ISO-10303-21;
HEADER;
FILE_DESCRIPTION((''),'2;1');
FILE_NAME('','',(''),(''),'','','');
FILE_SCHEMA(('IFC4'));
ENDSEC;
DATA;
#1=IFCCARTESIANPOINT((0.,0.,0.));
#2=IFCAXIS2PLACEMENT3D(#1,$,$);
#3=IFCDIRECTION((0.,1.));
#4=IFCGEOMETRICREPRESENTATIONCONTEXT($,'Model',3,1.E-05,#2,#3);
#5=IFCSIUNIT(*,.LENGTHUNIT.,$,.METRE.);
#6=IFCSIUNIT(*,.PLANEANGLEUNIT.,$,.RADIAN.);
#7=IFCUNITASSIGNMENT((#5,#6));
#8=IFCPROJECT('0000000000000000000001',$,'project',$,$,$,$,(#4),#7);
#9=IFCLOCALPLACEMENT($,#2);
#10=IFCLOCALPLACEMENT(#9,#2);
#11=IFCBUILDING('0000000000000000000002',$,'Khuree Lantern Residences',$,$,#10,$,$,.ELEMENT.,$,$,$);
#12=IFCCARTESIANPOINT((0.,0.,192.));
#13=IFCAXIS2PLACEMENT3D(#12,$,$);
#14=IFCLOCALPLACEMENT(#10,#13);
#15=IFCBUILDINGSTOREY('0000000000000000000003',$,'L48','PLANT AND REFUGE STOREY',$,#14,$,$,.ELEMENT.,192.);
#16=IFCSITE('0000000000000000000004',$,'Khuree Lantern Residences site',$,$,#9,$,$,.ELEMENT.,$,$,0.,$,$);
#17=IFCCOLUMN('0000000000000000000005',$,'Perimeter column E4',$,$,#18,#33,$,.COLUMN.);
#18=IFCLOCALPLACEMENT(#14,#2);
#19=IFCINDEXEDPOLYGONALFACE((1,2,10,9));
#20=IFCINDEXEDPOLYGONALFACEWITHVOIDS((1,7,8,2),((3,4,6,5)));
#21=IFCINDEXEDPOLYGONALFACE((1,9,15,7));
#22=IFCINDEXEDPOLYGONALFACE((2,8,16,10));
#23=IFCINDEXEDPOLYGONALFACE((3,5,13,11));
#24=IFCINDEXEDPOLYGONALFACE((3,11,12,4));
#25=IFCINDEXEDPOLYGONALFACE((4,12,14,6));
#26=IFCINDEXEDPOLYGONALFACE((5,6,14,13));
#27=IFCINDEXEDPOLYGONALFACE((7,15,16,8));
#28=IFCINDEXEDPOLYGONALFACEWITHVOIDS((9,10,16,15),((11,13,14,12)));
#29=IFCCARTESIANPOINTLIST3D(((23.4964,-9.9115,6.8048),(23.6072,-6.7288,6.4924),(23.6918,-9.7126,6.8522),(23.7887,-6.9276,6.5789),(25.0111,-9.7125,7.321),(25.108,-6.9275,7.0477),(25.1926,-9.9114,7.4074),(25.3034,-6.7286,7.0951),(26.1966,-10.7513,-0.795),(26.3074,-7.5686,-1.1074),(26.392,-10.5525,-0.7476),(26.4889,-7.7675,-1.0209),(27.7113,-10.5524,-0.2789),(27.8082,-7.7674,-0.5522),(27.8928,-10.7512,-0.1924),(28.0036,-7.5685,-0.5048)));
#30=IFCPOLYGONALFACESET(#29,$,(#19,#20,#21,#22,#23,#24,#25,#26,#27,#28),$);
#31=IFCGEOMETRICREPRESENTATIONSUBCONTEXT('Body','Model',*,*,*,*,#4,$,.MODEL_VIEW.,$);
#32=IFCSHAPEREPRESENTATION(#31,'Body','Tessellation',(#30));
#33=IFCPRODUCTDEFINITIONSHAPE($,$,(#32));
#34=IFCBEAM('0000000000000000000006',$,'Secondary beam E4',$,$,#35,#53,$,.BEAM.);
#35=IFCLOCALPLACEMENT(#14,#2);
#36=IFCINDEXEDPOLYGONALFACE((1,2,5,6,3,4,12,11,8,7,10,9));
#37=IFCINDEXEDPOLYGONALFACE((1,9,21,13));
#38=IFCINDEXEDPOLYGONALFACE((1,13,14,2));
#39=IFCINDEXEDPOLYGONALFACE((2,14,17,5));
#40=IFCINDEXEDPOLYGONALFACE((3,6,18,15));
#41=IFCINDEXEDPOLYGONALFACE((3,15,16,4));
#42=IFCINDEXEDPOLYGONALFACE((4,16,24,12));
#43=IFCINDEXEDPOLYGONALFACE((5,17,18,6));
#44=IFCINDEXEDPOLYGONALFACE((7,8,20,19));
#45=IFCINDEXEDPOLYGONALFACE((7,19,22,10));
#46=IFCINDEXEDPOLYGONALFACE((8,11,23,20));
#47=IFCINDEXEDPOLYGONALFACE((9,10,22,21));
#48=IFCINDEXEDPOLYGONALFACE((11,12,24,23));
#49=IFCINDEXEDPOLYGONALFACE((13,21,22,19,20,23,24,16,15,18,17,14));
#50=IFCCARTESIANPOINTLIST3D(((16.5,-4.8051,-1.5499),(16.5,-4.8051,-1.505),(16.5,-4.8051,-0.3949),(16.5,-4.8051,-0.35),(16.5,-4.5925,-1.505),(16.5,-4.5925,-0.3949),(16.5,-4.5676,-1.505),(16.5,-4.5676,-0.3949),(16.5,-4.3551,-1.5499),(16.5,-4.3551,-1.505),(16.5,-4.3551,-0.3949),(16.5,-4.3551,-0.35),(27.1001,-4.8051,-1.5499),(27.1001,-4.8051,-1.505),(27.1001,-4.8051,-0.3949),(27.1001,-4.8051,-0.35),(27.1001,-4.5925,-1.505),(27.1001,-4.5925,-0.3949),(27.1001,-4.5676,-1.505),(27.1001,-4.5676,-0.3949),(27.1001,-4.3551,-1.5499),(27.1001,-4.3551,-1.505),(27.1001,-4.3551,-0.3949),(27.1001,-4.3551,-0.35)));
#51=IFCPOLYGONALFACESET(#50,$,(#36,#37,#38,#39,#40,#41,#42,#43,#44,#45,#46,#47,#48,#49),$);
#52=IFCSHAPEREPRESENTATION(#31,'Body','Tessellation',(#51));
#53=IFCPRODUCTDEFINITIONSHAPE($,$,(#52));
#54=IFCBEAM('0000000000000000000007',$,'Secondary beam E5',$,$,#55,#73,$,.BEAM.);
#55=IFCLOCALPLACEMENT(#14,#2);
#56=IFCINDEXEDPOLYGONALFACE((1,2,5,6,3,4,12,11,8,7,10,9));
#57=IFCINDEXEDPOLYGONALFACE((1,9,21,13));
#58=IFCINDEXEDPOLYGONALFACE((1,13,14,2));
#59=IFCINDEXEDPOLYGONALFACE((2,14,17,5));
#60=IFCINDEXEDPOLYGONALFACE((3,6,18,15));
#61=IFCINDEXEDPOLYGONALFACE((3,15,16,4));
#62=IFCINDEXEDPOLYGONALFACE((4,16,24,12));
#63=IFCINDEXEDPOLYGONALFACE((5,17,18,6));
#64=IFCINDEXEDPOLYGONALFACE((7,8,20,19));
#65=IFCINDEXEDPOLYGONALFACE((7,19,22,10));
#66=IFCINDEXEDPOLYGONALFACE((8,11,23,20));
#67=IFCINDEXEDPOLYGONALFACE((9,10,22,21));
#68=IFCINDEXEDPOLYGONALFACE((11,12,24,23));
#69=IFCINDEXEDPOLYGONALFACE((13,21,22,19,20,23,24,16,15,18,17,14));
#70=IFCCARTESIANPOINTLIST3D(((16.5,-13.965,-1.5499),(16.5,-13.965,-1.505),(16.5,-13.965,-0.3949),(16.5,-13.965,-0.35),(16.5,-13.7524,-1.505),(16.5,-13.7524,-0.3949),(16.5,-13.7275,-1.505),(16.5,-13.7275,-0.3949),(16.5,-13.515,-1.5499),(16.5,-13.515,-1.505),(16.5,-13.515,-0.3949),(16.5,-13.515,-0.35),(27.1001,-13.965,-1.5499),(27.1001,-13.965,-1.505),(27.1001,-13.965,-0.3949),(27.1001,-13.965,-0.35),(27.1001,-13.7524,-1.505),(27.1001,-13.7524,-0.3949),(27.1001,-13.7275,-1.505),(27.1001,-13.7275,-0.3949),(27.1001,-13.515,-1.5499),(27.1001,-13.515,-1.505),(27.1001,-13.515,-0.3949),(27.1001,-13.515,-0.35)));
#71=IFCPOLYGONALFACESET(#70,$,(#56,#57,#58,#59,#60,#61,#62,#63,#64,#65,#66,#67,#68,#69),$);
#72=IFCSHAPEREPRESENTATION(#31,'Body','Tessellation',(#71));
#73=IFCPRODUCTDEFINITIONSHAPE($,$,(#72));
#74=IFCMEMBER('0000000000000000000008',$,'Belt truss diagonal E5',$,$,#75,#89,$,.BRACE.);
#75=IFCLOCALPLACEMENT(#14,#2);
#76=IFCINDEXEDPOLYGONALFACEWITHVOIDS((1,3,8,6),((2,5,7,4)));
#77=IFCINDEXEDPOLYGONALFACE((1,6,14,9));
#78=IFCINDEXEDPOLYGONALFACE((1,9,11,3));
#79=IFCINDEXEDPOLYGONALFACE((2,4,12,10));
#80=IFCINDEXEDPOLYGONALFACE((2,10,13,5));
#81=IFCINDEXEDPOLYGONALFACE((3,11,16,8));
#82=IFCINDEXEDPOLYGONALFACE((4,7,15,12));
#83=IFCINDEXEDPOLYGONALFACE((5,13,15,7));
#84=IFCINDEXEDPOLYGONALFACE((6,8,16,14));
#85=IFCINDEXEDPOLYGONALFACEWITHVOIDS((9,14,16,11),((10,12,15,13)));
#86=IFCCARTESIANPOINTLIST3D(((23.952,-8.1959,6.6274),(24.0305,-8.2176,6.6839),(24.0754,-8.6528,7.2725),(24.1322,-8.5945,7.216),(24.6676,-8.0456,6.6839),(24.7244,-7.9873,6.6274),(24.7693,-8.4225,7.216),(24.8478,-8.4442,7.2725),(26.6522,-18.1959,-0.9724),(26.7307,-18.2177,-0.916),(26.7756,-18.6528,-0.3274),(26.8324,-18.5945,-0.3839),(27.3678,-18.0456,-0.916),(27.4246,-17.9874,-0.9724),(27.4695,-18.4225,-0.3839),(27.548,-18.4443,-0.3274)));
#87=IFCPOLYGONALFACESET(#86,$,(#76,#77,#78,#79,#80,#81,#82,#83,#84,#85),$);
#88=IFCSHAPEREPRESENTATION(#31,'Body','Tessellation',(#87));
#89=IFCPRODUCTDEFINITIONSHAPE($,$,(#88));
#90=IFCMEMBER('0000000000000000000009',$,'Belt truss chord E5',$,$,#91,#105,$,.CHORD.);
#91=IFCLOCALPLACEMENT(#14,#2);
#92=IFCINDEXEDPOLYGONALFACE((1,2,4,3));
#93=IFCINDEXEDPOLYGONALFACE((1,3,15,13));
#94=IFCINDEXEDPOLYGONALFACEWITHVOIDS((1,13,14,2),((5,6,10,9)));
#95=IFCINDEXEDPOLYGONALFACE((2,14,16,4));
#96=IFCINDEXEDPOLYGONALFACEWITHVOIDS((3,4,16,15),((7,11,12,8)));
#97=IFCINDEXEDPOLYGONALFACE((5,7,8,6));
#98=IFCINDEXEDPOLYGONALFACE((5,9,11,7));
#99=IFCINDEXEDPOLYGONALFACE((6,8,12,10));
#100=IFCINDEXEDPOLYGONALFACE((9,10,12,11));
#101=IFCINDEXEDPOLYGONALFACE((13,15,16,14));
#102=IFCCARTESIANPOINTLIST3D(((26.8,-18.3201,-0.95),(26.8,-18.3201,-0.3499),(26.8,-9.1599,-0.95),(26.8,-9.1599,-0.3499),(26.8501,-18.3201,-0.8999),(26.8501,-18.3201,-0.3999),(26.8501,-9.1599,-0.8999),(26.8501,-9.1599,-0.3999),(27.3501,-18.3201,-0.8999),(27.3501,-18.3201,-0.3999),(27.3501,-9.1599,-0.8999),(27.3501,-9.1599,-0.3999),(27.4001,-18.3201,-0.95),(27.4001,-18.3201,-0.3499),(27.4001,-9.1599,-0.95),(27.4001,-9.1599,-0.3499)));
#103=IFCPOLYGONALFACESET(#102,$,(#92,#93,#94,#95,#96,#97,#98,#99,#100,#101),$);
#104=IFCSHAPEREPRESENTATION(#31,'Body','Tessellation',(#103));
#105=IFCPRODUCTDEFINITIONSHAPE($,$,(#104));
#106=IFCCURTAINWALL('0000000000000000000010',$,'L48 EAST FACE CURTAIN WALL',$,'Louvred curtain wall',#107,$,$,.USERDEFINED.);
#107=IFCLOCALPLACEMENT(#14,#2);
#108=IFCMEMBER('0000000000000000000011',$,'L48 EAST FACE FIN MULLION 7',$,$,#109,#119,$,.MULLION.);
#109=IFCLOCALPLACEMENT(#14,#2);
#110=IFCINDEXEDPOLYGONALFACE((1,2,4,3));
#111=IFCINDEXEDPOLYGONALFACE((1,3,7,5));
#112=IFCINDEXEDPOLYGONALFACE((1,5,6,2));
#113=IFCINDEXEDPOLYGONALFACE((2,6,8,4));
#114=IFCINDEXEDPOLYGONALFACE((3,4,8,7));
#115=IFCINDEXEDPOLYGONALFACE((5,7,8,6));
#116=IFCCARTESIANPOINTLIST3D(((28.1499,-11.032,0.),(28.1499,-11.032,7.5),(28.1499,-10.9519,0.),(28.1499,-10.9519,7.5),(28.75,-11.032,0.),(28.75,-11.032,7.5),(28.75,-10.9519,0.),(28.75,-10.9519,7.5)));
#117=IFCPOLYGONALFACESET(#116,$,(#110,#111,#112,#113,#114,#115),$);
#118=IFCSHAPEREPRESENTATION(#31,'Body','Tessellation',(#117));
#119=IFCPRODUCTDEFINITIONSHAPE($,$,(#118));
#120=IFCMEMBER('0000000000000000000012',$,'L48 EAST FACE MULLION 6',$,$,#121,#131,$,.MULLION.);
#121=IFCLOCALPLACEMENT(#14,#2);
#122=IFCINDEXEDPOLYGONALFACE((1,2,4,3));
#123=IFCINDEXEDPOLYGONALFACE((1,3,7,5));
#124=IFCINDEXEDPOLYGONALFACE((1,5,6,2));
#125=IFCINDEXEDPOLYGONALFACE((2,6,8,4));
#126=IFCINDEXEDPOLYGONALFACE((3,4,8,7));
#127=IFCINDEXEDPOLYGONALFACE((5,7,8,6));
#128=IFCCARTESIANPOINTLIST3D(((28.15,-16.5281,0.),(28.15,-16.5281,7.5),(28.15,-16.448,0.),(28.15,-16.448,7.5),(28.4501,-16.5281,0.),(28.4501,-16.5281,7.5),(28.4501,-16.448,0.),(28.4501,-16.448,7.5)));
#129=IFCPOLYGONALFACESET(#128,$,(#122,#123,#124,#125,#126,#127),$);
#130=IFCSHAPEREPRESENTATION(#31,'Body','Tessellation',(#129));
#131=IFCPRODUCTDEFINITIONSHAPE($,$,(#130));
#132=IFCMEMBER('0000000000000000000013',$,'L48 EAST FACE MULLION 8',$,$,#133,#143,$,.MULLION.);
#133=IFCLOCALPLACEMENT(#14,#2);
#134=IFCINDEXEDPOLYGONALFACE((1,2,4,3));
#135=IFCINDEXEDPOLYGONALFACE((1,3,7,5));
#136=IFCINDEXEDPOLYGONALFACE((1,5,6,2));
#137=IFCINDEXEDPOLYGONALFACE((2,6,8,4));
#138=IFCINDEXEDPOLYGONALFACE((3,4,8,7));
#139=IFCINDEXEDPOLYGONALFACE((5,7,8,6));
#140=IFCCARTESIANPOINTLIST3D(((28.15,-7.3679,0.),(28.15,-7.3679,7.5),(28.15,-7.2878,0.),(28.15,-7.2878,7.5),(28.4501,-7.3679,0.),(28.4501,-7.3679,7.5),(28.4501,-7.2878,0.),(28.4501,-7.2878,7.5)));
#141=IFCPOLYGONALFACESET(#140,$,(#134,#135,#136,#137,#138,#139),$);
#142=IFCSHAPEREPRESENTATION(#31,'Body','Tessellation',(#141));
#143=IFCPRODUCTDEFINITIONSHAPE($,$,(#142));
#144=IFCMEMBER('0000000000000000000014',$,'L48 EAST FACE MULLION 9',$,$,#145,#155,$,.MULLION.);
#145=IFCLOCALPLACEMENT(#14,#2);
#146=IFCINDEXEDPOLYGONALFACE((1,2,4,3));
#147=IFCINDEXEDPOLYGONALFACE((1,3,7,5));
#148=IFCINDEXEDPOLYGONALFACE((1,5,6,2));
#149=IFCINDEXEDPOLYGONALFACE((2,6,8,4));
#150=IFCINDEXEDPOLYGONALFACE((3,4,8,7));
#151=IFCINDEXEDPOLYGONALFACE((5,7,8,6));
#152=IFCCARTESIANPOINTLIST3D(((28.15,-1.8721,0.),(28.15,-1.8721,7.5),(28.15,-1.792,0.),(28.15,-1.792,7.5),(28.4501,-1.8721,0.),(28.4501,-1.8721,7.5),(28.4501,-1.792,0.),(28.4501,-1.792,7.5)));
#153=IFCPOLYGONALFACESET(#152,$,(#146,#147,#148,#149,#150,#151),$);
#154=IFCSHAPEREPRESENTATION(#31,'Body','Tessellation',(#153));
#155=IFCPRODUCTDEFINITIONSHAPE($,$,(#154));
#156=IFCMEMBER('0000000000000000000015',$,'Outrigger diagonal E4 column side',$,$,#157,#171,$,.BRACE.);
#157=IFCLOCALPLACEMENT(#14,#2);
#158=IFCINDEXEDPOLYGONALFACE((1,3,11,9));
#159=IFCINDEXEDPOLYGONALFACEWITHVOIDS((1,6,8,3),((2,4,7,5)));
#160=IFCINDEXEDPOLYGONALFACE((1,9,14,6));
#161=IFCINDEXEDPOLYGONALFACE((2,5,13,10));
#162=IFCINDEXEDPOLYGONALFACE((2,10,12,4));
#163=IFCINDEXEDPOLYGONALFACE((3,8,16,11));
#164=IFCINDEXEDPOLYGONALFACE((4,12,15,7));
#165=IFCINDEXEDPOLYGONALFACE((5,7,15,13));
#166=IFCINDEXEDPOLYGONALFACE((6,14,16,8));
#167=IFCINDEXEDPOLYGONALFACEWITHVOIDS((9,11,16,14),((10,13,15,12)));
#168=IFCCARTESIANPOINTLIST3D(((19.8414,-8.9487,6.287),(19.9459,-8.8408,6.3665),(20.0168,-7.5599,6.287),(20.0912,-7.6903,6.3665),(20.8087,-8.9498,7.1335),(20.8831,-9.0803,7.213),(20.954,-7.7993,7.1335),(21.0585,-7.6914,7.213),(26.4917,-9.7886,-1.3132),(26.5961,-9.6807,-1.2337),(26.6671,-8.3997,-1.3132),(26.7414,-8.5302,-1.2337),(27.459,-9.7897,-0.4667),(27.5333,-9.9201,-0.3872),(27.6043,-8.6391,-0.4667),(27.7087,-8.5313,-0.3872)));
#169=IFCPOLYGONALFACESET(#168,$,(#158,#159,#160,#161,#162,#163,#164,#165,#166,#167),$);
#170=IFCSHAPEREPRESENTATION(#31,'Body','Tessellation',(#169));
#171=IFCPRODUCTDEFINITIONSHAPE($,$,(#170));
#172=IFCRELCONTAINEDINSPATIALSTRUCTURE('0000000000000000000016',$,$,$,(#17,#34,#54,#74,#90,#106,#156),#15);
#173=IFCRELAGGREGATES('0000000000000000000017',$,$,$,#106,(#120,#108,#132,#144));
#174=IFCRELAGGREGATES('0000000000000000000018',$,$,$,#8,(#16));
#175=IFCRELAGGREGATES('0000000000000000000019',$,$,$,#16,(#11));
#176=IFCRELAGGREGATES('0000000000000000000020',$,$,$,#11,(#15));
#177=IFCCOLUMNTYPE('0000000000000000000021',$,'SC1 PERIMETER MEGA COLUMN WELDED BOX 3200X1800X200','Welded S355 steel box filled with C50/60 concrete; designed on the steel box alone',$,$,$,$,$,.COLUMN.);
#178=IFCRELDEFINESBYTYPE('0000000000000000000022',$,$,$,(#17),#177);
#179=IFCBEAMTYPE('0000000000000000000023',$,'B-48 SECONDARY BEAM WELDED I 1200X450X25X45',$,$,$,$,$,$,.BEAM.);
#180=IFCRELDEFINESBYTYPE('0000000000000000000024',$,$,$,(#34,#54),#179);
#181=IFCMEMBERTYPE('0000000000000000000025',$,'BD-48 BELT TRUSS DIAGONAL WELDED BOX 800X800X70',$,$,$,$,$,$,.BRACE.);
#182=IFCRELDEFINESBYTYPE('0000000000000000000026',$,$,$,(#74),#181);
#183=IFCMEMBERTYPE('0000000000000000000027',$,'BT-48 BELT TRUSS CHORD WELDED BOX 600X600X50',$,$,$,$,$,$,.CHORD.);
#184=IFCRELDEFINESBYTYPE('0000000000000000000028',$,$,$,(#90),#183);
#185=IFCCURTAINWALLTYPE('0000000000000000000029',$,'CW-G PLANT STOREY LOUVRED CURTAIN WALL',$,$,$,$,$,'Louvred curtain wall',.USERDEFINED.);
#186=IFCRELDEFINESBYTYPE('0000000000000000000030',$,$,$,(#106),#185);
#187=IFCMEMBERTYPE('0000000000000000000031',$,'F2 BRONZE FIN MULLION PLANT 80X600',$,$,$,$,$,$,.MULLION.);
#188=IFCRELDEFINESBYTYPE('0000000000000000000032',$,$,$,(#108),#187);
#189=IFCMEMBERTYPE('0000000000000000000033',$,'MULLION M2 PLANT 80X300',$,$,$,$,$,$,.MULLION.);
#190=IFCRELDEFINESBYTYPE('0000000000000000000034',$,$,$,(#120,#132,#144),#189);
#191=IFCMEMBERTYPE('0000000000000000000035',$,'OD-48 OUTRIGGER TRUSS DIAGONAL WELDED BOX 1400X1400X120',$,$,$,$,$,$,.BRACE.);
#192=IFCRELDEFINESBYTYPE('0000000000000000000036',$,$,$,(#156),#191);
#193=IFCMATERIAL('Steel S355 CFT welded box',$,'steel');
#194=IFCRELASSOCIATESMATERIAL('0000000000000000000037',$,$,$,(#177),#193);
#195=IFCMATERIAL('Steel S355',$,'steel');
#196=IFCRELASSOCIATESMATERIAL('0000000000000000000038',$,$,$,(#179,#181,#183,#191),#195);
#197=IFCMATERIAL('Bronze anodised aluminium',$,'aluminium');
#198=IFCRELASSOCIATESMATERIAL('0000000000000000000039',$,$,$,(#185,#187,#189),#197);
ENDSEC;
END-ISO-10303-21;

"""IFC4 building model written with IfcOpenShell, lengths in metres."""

from ifc_helpers import new_model, si_unit, direction, frame, origin, origin_2d, place, context, subcontext, project, spatial, rectangle, hollow_rectangle, i_section, extrude, material, material_profile, profile_set, type_object, element, aggregate, save


model = new_model("IFC4")

# Units and contexts
model_context = context("Model", 3, precision=1e-05, world=origin(), true_north=direction((0.0, 1.0)))
body_context = subcontext(model_context, "Body", "Model", "MODEL_VIEW")
ifc_project = project(units=[si_unit("LENGTHUNIT", "METRE"), si_unit("PLANEANGLEUNIT", "RADIAN")], contexts=[model_context])

# Site, building, storey
site_placement = place(None, origin())
site = spatial("IfcSite", under=ifc_project, at=site_placement, Name="Khuree Lantern Residences site", CompositionType="ELEMENT", RefElevation=0.0)
building_placement = place(site_placement, origin())
building = spatial("IfcBuilding", under=site, at=building_placement, Name="Khuree Lantern Residences", CompositionType="ELEMENT")
storey_placement = place(building_placement, frame((0.0, 0.0, 192.0)))
storey = spatial("IfcBuildingStorey", under=building, at=storey_placement, Name="L48", Description="PLANT AND REFUGE STOREY", CompositionType="ELEMENT", Elevation=192.0)

# Column
ifc_material_1 = material(Name="Steel S355 CFT welded box", Category="steel")
ifc_material_profile_1 = material_profile(ifc_material_1, hollow_rectangle(XDim=3.2, YDim=1.8, WallThickness=0.2, at=origin_2d()), Name="WELDED BOX 3200X1800X200")
ifc_profile_set_1 = profile_set([ifc_material_profile_1], Name="Steel S355 CFT welded box")
column_type = type_object("IfcColumnType", Name="SC1 PERIMETER MEGA COLUMN WELDED BOX 3200X1800X200", Description="Welded S355 steel box filled with C50/60 concrete; designed on the steel box alone", PredefinedType="COLUMN", material=ifc_profile_set_1)
column_placement = place(storey_placement, frame((27.1001, -9.1599, -0.6499), z_axis=(-0.332992, 0.103571, 0.937224), x_axis=(0.034607, 0.994622, -0.097618)))
element("IfcColumn", 1, at=column_placement, inside=storey, type_object=column_type, Name="Perimeter column E4", PredefinedType="COLUMN", context=body_context, shape_type="SweptSolid", body=[
    extrude(hollow_rectangle(XDim=3.2, YDim=1.8, WallThickness=0.2, at=origin_2d()), origin(), (0.0, 0.0, 1.0), 8.1089),
])

# Beams
ifc_material_2 = material(Name="Steel S355", Category="steel")
ifc_material_profile_2 = material_profile(ifc_material_2, i_section(OverallWidth=0.45, OverallDepth=1.2, WebThickness=0.0249, FlangeThickness=0.0449, at=origin_2d()), Name="WELDED I 1200X450X25X45")
ifc_profile_set_2 = profile_set([ifc_material_profile_2], Name="Steel S355")
beam_type = type_object("IfcBeamType", Name="B-48 SECONDARY BEAM WELDED I 1200X450X25X45", PredefinedType="BEAM", material=ifc_profile_set_2)
for number, where, z_axis, x_axis, name in (
    (2, (27.1001, -4.5801, -0.95), (-1.0, 0.0, 0.0), (0.0, -1.0, 0.0), "Secondary beam E4"),
    (3, (27.1001, -13.74, -0.95), (-1.0, 0.0, 0.0), (0.0, -1.0, 0.0), "Secondary beam E5"),
):
    element("IfcBeam", number, at=place(storey_placement, frame(where, z_axis=z_axis, x_axis=x_axis)), inside=storey, type_object=beam_type, Name=name, PredefinedType="BEAM", context=body_context, shape_type="SweptSolid", body=[
        extrude(i_section(OverallWidth=0.45, OverallDepth=1.2, WebThickness=0.0249, FlangeThickness=0.0449, at=origin_2d()), origin(), (0.0, 0.0, 1.0), 10.6001),
    ])

# Members
ifc_material_profile_3 = material_profile(ifc_material_2, hollow_rectangle(XDim=0.8, YDim=0.8, WallThickness=0.0701, at=origin_2d()), Name="WELDED BOX 800X800X70")
ifc_profile_set_3 = profile_set([ifc_material_profile_3], Name="Steel S355")
member_type_1 = type_object("IfcMemberType", Name="BD-48 BELT TRUSS DIAGONAL WELDED BOX 800X800X70", PredefinedType="BRACE", material=ifc_profile_set_3)
member_1_placement = place(storey_placement, frame((24.3999, -8.3201, 6.95), z_axis=(0.210179, -0.778384, -0.59156), x_axis=(0.965424, 0.260683, 0.0)))
element("IfcMember", 4, at=member_1_placement, inside=storey, type_object=member_type_1, Name="Belt truss diagonal E5", PredefinedType="BRACE", context=body_context, shape_type="SweptSolid", body=[
    extrude(hollow_rectangle(XDim=0.8, YDim=0.8, WallThickness=0.0701, at=origin_2d()), origin(), (0.0, 0.0, 1.0), 12.8472),
])
ifc_material_profile_4 = material_profile(ifc_material_2, hollow_rectangle(XDim=0.6001, YDim=0.6001, WallThickness=0.05, at=origin_2d()), Name="WELDED BOX 600X600X50")
ifc_profile_set_4 = profile_set([ifc_material_profile_4], Name="Steel S355")
member_type_2 = type_object("IfcMemberType", Name="BT-48 BELT TRUSS CHORD WELDED BOX 600X600X50", PredefinedType="CHORD", material=ifc_profile_set_4)
member_2_placement = place(storey_placement, frame((27.1001, -9.1599, -0.6499), z_axis=(0.0, -1.0, 0.0), x_axis=(1.0, 0.0, 0.0)))
element("IfcMember", 5, at=member_2_placement, inside=storey, type_object=member_type_2, Name="Belt truss chord E5", PredefinedType="CHORD", context=body_context, shape_type="SweptSolid", body=[
    extrude(hollow_rectangle(XDim=0.6001, YDim=0.6001, WallThickness=0.05, at=origin_2d()), origin(), (0.0, 0.0, 1.0), 9.1602),
])

# Curtain wall, members
ifc_material_3 = material(Name="Bronze anodised aluminium", Category="aluminium")
curtain_wall_type = type_object("IfcCurtainWallType", Name="CW-G PLANT STOREY LOUVRED CURTAIN WALL", ElementType="Louvred curtain wall", PredefinedType="USERDEFINED", material=ifc_material_3)
curtain_wall_placement = place(storey_placement, origin())
curtain_wall = element("IfcCurtainWall", 6, at=curtain_wall_placement, inside=storey, type_object=curtain_wall_type, Name="L48 EAST FACE CURTAIN WALL", ObjectType="Louvred curtain wall", PredefinedType="USERDEFINED")
ifc_material_profile_5 = material_profile(ifc_material_3, rectangle(XDim=0.0801, YDim=0.6001, at=origin_2d()), Name="F2 80X600")
ifc_profile_set_5 = profile_set([ifc_material_profile_5], Name="Bronze anodised aluminium")
member_type_3 = type_object("IfcMemberType", Name="F2 BRONZE FIN MULLION PLANT 80X600", PredefinedType="MULLION", material=ifc_profile_set_5)
member_3_placement = place(storey_placement, frame((28.45, -10.9919, 0.0), z_axis=(0.0, 0.0, 1.0), x_axis=(0.0, 1.0, 0.0)))
member_3 = element("IfcMember", 7, at=member_3_placement, type_object=member_type_3, Name="L48 EAST FACE FIN MULLION 7", PredefinedType="MULLION", context=body_context, shape_type="SweptSolid", body=[
    extrude(rectangle(XDim=0.0801, YDim=0.6001, at=origin_2d()), origin(), (0.0, 0.0, 1.0), 7.5),
])
ifc_material_profile_6 = material_profile(ifc_material_3, rectangle(XDim=0.0801, YDim=0.3, at=origin_2d()), Name="M2 80X300")
ifc_profile_set_6 = profile_set([ifc_material_profile_6], Name="Bronze anodised aluminium")
member_type_4 = type_object("IfcMemberType", Name="MULLION M2 PLANT 80X300", PredefinedType="MULLION", material=ifc_profile_set_6)
member_4_placement = place(storey_placement, frame((28.3, -16.488, 0.0), z_axis=(0.0, 0.0, 1.0), x_axis=(0.0, 1.0, 0.0)))
member_4 = element("IfcMember", 8, at=member_4_placement, type_object=member_type_4, Name="L48 EAST FACE MULLION 6", PredefinedType="MULLION", context=body_context, shape_type="SweptSolid", body=[
    extrude(rectangle(XDim=0.0801, YDim=0.3, at=origin_2d()), origin(), (0.0, 0.0, 1.0), 7.5),
])
member_5_placement = place(storey_placement, frame((28.3, -7.3279, 0.0), z_axis=(0.0, 0.0, 1.0), x_axis=(0.0, 1.0, 0.0)))
member_5 = element("IfcMember", 9, at=member_5_placement, type_object=member_type_4, Name="L48 EAST FACE MULLION 8", PredefinedType="MULLION", context=body_context, shape_type="SweptSolid", body=[
    extrude(rectangle(XDim=0.0801, YDim=0.3, at=origin_2d()), origin(), (0.0, 0.0, 1.0), 7.5),
])
member_6_placement = place(storey_placement, frame((28.3, -1.832, 0.0), z_axis=(0.0, 0.0, 1.0), x_axis=(0.0, 1.0, 0.0)))
member_6 = element("IfcMember", 10, at=member_6_placement, type_object=member_type_4, Name="L48 EAST FACE MULLION 9", PredefinedType="MULLION", context=body_context, shape_type="SweptSolid", body=[
    extrude(rectangle(XDim=0.0801, YDim=0.3, at=origin_2d()), origin(), (0.0, 0.0, 1.0), 7.5),
])

# Member
ifc_material_profile_7 = material_profile(ifc_material_2, hollow_rectangle(XDim=1.3999, YDim=1.3999, WallThickness=0.1201, at=origin_2d()), Name="WELDED BOX 1400X1400X120")
ifc_profile_set_7 = profile_set([ifc_material_profile_7], Name="Steel S355")
member_type_5 = type_object("IfcMemberType", Name="OD-48 OUTRIGGER TRUSS DIAGONAL WELDED BOX 1400X1400X120", PredefinedType="BRACE", material=ifc_profile_set_7)
member_7_placement = place(storey_placement, frame((20.45, -8.3201, 6.75), z_axis=(0.656243, -0.082877, -0.749985), x_axis=(0.125294, 0.99212, 0.0)))
element("IfcMember", 11, at=member_7_placement, inside=storey, type_object=member_type_5, Name="Outrigger diagonal E4 column side", PredefinedType="BRACE", context=body_context, shape_type="SweptSolid", body=[
    extrude(hollow_rectangle(XDim=1.3999, YDim=1.3999, WallThickness=0.1201, at=origin_2d()), origin(), (0.0, 0.0, 1.0), 10.1338),
])

aggregate(curtain_wall, [member_4, member_3, member_5, member_6])

save(model, "model.ifc")
